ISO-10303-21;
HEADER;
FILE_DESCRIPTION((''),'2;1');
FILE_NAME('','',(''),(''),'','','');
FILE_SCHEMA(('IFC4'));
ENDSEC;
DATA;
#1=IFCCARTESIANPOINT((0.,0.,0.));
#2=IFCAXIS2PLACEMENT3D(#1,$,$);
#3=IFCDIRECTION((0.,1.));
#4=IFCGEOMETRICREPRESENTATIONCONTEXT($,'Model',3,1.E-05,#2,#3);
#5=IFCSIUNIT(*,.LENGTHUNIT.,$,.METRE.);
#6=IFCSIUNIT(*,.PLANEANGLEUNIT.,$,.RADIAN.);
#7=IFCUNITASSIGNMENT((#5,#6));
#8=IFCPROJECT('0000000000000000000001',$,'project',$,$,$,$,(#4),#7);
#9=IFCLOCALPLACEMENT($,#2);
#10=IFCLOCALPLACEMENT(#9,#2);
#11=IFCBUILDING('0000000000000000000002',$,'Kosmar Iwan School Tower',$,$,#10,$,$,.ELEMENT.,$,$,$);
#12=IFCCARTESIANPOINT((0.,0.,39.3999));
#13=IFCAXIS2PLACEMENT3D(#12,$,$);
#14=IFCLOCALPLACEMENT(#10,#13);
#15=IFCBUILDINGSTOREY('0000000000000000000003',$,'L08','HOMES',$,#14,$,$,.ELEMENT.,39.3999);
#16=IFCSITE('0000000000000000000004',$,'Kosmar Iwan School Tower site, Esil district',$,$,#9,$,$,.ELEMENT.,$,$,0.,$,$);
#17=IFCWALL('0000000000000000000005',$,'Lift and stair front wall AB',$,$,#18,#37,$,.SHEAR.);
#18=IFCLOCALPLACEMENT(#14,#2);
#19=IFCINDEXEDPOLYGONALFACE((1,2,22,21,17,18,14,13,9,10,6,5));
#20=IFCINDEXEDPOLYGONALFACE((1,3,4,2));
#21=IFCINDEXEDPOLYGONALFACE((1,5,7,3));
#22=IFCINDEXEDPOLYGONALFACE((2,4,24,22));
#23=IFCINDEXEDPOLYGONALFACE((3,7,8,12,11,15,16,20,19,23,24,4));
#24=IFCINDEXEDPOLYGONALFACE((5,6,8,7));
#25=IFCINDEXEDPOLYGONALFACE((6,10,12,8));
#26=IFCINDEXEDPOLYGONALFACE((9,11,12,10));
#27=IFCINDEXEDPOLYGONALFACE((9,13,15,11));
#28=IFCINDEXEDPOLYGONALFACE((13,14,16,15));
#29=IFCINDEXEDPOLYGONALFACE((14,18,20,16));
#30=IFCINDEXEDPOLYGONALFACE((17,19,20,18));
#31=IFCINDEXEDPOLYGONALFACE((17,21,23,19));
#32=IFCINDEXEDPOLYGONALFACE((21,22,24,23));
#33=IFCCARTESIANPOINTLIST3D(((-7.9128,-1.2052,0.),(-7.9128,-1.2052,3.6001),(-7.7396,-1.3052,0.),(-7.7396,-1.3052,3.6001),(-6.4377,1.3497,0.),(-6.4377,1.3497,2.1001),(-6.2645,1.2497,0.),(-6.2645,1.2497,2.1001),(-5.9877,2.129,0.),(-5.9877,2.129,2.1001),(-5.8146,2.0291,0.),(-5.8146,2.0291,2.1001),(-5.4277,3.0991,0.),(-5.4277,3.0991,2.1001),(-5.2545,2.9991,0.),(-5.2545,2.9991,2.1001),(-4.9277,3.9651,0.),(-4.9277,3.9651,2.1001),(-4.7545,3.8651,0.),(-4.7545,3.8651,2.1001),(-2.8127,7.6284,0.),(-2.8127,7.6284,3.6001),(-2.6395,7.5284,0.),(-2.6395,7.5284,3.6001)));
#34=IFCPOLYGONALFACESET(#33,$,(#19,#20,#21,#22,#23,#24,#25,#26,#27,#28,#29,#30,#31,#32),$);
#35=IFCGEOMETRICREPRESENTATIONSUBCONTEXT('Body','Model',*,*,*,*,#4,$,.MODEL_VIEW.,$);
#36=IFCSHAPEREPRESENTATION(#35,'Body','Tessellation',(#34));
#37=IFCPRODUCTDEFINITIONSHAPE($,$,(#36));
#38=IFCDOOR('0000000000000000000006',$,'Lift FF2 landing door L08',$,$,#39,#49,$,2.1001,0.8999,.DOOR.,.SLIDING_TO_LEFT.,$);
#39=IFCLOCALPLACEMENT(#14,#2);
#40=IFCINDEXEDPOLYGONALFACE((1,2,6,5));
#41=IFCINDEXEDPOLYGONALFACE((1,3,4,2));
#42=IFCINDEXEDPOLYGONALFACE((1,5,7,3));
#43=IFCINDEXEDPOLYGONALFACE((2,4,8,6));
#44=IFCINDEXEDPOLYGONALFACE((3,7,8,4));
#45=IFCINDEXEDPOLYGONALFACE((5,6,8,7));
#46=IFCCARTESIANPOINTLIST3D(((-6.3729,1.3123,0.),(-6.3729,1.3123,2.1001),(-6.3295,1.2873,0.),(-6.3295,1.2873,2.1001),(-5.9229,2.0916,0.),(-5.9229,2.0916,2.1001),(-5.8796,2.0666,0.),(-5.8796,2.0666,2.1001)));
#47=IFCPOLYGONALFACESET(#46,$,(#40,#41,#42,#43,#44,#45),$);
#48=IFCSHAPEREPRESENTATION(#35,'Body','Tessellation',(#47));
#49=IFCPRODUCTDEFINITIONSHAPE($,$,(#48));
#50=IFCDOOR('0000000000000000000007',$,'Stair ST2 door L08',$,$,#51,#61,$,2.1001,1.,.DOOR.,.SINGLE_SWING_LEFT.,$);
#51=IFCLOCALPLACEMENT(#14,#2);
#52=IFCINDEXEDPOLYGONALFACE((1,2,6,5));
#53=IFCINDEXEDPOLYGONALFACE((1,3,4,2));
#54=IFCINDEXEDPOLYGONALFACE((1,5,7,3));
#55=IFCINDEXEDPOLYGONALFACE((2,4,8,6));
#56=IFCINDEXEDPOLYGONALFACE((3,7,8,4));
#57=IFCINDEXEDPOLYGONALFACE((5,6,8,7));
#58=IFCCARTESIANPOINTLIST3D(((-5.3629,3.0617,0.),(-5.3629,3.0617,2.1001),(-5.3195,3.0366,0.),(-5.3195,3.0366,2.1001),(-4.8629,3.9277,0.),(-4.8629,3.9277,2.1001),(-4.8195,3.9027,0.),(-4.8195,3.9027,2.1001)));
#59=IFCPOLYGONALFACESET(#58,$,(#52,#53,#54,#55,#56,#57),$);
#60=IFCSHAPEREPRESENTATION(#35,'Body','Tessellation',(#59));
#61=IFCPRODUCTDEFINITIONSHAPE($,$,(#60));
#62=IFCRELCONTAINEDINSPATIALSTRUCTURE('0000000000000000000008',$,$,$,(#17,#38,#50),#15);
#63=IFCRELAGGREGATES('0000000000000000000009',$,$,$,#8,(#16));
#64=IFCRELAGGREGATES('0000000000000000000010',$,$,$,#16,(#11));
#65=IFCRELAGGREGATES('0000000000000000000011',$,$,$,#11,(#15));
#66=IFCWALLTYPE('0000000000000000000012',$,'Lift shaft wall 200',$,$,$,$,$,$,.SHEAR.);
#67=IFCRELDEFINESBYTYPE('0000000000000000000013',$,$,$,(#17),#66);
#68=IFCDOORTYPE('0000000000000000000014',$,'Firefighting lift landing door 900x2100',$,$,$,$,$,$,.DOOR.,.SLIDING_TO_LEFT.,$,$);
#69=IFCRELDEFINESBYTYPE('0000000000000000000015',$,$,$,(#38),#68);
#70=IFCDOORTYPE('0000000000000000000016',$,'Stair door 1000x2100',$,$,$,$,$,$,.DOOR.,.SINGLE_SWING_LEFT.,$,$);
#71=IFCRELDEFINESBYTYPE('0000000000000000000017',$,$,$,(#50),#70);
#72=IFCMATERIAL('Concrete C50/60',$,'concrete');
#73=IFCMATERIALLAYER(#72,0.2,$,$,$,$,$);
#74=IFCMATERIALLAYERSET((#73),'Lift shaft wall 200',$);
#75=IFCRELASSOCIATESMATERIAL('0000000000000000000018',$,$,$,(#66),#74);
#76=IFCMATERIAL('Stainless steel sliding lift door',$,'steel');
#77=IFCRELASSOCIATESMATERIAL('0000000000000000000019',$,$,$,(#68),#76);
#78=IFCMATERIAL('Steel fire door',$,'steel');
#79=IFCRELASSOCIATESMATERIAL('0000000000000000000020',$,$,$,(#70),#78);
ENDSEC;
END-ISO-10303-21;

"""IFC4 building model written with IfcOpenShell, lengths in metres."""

from ifc_helpers import new_model, si_unit, direction, frame, frame_2d, origin, place, context, subcontext, project, spatial, rectangle, extrude, material, layer, layer_set, type_object, element, fill, save


model = new_model("IFC4")

# Units and contexts
model_context = context("Model", 3, precision=1e-05, world=origin(), true_north=direction((0.0, 1.0)))
body_context = subcontext(model_context, "Body", "Model", "MODEL_VIEW")
ifc_project = project(units=[si_unit("LENGTHUNIT", "METRE"), si_unit("PLANEANGLEUNIT", "RADIAN")], contexts=[model_context])

# Site, building, storey
site_placement = place(None, origin())
site = spatial("IfcSite", under=ifc_project, at=site_placement, Name="Kosmar Iwan School Tower site, Esil district", CompositionType="ELEMENT", RefElevation=0.0)
building_placement = place(site_placement, origin())
building = spatial("IfcBuilding", under=site, at=building_placement, Name="Kosmar Iwan School Tower", CompositionType="ELEMENT")
storey_placement = place(building_placement, frame((0.0, 0.0, 39.3999)))
storey = spatial("IfcBuildingStorey", under=building, at=storey_placement, Name="L08", Description="HOMES", CompositionType="ELEMENT", Elevation=39.3999)

# Wall, openings, doors
ifc_material_1 = material(Name="Concrete C50/60", Category="concrete")
ifc_layer_1 = layer(ifc_material_1, 0.2)
ifc_layer_set_1 = layer_set([ifc_layer_1], Name="Lift shaft wall 200")
wall_type_1 = type_object("IfcWallType", Name="Lift shaft wall 200", PredefinedType="SHEAR", material=ifc_layer_set_1)
wall_1_placement = place(storey_placement, frame((-2.7261, 7.5784, 0.0), z_axis=(0.0, 0.0, 1.0), x_axis=(-0.500006, -0.866022, 0.0)))
wall_1 = element("IfcWall", 1, at=wall_1_placement, inside=storey, type_object=wall_type_1, Name="Lift and stair front wall AB", PredefinedType="SHEAR", context=body_context, shape_type="SweptSolid", body=[
    extrude(rectangle(XDim=10.2002, YDim=0.2, at=frame_2d((5.1001, 0.0))), origin(), (0.0, 0.0, 1.0), 3.6001),
])
opening_1_placement = place(wall_1_placement, frame((6.3501, 0.0, 0.0)))
opening_1 = element("IfcOpeningElement", 2, at=opening_1_placement, cuts=wall_1, PredefinedType="OPENING", context=body_context, shape_type="SweptSolid", body=[
    extrude(rectangle(XDim=0.8999, YDim=2.1001, at=frame_2d((0.45, 1.05))), frame((0.0, 0.1121, 0.0), z_axis=(0.0, -1.0, 0.0), x_axis=(1.0, 0.0, 0.0)), (0.0, 0.0, 1.0), 0.2239),
])
opening_2_placement = place(wall_1_placement, frame((4.23, 0.0, 0.0)))
opening_2 = element("IfcOpeningElement", 3, at=opening_2_placement, cuts=wall_1, PredefinedType="OPENING", context=body_context, shape_type="SweptSolid", body=[
    extrude(rectangle(XDim=1.0, YDim=2.1001, at=frame_2d((0.5, 1.05))), frame((0.0, 0.1121, 0.0), z_axis=(0.0, -1.0, 0.0), x_axis=(1.0, 0.0, 0.0)), (0.0, 0.0, 1.0), 0.2239),
])
ifc_material_2 = material(Name="Stainless steel sliding lift door", Category="steel")
door_type_1 = type_object("IfcDoorType", Name="Firefighting lift landing door 900x2100", OperationType="SLIDING_TO_LEFT", PredefinedType="DOOR", material=ifc_material_2)
door_1_placement = place(opening_1_placement, origin())
door_1 = element("IfcDoor", 4, at=door_1_placement, inside=storey, type_object=door_type_1, Name="Lift FF2 landing door L08", OperationType="SLIDING_TO_LEFT", OverallHeight=2.1001, OverallWidth=0.8999, PredefinedType="DOOR", context=body_context, shape_type="SweptSolid", body=[
    extrude(rectangle(XDim=0.8999, YDim=2.1001, at=frame_2d((0.45, 1.05))), frame((0.0, 0.0249, 0.0), z_axis=(0.0, -1.0, 0.0), x_axis=(1.0, 0.0, 0.0)), (0.0, 0.0, 1.0), 0.05),
])
fill(opening_1, door_1)
ifc_material_3 = material(Name="Steel fire door", Category="steel")
door_type_2 = type_object("IfcDoorType", Name="Stair door 1000x2100", OperationType="SINGLE_SWING_LEFT", PredefinedType="DOOR", material=ifc_material_3)
door_2_placement = place(opening_2_placement, origin())
door_2 = element("IfcDoor", 5, at=door_2_placement, inside=storey, type_object=door_type_2, Name="Stair ST2 door L08", OperationType="SINGLE_SWING_LEFT", OverallHeight=2.1001, OverallWidth=1.0, PredefinedType="DOOR", context=body_context, shape_type="SweptSolid", body=[
    extrude(rectangle(XDim=1.0, YDim=2.1001, at=frame_2d((0.5, 1.05))), frame((0.0, 0.0249, 0.0), z_axis=(0.0, -1.0, 0.0), x_axis=(1.0, 0.0, 0.0)), (0.0, 0.0, 1.0), 0.05),
])
fill(opening_2, door_2)

save(model, "model.ifc")
